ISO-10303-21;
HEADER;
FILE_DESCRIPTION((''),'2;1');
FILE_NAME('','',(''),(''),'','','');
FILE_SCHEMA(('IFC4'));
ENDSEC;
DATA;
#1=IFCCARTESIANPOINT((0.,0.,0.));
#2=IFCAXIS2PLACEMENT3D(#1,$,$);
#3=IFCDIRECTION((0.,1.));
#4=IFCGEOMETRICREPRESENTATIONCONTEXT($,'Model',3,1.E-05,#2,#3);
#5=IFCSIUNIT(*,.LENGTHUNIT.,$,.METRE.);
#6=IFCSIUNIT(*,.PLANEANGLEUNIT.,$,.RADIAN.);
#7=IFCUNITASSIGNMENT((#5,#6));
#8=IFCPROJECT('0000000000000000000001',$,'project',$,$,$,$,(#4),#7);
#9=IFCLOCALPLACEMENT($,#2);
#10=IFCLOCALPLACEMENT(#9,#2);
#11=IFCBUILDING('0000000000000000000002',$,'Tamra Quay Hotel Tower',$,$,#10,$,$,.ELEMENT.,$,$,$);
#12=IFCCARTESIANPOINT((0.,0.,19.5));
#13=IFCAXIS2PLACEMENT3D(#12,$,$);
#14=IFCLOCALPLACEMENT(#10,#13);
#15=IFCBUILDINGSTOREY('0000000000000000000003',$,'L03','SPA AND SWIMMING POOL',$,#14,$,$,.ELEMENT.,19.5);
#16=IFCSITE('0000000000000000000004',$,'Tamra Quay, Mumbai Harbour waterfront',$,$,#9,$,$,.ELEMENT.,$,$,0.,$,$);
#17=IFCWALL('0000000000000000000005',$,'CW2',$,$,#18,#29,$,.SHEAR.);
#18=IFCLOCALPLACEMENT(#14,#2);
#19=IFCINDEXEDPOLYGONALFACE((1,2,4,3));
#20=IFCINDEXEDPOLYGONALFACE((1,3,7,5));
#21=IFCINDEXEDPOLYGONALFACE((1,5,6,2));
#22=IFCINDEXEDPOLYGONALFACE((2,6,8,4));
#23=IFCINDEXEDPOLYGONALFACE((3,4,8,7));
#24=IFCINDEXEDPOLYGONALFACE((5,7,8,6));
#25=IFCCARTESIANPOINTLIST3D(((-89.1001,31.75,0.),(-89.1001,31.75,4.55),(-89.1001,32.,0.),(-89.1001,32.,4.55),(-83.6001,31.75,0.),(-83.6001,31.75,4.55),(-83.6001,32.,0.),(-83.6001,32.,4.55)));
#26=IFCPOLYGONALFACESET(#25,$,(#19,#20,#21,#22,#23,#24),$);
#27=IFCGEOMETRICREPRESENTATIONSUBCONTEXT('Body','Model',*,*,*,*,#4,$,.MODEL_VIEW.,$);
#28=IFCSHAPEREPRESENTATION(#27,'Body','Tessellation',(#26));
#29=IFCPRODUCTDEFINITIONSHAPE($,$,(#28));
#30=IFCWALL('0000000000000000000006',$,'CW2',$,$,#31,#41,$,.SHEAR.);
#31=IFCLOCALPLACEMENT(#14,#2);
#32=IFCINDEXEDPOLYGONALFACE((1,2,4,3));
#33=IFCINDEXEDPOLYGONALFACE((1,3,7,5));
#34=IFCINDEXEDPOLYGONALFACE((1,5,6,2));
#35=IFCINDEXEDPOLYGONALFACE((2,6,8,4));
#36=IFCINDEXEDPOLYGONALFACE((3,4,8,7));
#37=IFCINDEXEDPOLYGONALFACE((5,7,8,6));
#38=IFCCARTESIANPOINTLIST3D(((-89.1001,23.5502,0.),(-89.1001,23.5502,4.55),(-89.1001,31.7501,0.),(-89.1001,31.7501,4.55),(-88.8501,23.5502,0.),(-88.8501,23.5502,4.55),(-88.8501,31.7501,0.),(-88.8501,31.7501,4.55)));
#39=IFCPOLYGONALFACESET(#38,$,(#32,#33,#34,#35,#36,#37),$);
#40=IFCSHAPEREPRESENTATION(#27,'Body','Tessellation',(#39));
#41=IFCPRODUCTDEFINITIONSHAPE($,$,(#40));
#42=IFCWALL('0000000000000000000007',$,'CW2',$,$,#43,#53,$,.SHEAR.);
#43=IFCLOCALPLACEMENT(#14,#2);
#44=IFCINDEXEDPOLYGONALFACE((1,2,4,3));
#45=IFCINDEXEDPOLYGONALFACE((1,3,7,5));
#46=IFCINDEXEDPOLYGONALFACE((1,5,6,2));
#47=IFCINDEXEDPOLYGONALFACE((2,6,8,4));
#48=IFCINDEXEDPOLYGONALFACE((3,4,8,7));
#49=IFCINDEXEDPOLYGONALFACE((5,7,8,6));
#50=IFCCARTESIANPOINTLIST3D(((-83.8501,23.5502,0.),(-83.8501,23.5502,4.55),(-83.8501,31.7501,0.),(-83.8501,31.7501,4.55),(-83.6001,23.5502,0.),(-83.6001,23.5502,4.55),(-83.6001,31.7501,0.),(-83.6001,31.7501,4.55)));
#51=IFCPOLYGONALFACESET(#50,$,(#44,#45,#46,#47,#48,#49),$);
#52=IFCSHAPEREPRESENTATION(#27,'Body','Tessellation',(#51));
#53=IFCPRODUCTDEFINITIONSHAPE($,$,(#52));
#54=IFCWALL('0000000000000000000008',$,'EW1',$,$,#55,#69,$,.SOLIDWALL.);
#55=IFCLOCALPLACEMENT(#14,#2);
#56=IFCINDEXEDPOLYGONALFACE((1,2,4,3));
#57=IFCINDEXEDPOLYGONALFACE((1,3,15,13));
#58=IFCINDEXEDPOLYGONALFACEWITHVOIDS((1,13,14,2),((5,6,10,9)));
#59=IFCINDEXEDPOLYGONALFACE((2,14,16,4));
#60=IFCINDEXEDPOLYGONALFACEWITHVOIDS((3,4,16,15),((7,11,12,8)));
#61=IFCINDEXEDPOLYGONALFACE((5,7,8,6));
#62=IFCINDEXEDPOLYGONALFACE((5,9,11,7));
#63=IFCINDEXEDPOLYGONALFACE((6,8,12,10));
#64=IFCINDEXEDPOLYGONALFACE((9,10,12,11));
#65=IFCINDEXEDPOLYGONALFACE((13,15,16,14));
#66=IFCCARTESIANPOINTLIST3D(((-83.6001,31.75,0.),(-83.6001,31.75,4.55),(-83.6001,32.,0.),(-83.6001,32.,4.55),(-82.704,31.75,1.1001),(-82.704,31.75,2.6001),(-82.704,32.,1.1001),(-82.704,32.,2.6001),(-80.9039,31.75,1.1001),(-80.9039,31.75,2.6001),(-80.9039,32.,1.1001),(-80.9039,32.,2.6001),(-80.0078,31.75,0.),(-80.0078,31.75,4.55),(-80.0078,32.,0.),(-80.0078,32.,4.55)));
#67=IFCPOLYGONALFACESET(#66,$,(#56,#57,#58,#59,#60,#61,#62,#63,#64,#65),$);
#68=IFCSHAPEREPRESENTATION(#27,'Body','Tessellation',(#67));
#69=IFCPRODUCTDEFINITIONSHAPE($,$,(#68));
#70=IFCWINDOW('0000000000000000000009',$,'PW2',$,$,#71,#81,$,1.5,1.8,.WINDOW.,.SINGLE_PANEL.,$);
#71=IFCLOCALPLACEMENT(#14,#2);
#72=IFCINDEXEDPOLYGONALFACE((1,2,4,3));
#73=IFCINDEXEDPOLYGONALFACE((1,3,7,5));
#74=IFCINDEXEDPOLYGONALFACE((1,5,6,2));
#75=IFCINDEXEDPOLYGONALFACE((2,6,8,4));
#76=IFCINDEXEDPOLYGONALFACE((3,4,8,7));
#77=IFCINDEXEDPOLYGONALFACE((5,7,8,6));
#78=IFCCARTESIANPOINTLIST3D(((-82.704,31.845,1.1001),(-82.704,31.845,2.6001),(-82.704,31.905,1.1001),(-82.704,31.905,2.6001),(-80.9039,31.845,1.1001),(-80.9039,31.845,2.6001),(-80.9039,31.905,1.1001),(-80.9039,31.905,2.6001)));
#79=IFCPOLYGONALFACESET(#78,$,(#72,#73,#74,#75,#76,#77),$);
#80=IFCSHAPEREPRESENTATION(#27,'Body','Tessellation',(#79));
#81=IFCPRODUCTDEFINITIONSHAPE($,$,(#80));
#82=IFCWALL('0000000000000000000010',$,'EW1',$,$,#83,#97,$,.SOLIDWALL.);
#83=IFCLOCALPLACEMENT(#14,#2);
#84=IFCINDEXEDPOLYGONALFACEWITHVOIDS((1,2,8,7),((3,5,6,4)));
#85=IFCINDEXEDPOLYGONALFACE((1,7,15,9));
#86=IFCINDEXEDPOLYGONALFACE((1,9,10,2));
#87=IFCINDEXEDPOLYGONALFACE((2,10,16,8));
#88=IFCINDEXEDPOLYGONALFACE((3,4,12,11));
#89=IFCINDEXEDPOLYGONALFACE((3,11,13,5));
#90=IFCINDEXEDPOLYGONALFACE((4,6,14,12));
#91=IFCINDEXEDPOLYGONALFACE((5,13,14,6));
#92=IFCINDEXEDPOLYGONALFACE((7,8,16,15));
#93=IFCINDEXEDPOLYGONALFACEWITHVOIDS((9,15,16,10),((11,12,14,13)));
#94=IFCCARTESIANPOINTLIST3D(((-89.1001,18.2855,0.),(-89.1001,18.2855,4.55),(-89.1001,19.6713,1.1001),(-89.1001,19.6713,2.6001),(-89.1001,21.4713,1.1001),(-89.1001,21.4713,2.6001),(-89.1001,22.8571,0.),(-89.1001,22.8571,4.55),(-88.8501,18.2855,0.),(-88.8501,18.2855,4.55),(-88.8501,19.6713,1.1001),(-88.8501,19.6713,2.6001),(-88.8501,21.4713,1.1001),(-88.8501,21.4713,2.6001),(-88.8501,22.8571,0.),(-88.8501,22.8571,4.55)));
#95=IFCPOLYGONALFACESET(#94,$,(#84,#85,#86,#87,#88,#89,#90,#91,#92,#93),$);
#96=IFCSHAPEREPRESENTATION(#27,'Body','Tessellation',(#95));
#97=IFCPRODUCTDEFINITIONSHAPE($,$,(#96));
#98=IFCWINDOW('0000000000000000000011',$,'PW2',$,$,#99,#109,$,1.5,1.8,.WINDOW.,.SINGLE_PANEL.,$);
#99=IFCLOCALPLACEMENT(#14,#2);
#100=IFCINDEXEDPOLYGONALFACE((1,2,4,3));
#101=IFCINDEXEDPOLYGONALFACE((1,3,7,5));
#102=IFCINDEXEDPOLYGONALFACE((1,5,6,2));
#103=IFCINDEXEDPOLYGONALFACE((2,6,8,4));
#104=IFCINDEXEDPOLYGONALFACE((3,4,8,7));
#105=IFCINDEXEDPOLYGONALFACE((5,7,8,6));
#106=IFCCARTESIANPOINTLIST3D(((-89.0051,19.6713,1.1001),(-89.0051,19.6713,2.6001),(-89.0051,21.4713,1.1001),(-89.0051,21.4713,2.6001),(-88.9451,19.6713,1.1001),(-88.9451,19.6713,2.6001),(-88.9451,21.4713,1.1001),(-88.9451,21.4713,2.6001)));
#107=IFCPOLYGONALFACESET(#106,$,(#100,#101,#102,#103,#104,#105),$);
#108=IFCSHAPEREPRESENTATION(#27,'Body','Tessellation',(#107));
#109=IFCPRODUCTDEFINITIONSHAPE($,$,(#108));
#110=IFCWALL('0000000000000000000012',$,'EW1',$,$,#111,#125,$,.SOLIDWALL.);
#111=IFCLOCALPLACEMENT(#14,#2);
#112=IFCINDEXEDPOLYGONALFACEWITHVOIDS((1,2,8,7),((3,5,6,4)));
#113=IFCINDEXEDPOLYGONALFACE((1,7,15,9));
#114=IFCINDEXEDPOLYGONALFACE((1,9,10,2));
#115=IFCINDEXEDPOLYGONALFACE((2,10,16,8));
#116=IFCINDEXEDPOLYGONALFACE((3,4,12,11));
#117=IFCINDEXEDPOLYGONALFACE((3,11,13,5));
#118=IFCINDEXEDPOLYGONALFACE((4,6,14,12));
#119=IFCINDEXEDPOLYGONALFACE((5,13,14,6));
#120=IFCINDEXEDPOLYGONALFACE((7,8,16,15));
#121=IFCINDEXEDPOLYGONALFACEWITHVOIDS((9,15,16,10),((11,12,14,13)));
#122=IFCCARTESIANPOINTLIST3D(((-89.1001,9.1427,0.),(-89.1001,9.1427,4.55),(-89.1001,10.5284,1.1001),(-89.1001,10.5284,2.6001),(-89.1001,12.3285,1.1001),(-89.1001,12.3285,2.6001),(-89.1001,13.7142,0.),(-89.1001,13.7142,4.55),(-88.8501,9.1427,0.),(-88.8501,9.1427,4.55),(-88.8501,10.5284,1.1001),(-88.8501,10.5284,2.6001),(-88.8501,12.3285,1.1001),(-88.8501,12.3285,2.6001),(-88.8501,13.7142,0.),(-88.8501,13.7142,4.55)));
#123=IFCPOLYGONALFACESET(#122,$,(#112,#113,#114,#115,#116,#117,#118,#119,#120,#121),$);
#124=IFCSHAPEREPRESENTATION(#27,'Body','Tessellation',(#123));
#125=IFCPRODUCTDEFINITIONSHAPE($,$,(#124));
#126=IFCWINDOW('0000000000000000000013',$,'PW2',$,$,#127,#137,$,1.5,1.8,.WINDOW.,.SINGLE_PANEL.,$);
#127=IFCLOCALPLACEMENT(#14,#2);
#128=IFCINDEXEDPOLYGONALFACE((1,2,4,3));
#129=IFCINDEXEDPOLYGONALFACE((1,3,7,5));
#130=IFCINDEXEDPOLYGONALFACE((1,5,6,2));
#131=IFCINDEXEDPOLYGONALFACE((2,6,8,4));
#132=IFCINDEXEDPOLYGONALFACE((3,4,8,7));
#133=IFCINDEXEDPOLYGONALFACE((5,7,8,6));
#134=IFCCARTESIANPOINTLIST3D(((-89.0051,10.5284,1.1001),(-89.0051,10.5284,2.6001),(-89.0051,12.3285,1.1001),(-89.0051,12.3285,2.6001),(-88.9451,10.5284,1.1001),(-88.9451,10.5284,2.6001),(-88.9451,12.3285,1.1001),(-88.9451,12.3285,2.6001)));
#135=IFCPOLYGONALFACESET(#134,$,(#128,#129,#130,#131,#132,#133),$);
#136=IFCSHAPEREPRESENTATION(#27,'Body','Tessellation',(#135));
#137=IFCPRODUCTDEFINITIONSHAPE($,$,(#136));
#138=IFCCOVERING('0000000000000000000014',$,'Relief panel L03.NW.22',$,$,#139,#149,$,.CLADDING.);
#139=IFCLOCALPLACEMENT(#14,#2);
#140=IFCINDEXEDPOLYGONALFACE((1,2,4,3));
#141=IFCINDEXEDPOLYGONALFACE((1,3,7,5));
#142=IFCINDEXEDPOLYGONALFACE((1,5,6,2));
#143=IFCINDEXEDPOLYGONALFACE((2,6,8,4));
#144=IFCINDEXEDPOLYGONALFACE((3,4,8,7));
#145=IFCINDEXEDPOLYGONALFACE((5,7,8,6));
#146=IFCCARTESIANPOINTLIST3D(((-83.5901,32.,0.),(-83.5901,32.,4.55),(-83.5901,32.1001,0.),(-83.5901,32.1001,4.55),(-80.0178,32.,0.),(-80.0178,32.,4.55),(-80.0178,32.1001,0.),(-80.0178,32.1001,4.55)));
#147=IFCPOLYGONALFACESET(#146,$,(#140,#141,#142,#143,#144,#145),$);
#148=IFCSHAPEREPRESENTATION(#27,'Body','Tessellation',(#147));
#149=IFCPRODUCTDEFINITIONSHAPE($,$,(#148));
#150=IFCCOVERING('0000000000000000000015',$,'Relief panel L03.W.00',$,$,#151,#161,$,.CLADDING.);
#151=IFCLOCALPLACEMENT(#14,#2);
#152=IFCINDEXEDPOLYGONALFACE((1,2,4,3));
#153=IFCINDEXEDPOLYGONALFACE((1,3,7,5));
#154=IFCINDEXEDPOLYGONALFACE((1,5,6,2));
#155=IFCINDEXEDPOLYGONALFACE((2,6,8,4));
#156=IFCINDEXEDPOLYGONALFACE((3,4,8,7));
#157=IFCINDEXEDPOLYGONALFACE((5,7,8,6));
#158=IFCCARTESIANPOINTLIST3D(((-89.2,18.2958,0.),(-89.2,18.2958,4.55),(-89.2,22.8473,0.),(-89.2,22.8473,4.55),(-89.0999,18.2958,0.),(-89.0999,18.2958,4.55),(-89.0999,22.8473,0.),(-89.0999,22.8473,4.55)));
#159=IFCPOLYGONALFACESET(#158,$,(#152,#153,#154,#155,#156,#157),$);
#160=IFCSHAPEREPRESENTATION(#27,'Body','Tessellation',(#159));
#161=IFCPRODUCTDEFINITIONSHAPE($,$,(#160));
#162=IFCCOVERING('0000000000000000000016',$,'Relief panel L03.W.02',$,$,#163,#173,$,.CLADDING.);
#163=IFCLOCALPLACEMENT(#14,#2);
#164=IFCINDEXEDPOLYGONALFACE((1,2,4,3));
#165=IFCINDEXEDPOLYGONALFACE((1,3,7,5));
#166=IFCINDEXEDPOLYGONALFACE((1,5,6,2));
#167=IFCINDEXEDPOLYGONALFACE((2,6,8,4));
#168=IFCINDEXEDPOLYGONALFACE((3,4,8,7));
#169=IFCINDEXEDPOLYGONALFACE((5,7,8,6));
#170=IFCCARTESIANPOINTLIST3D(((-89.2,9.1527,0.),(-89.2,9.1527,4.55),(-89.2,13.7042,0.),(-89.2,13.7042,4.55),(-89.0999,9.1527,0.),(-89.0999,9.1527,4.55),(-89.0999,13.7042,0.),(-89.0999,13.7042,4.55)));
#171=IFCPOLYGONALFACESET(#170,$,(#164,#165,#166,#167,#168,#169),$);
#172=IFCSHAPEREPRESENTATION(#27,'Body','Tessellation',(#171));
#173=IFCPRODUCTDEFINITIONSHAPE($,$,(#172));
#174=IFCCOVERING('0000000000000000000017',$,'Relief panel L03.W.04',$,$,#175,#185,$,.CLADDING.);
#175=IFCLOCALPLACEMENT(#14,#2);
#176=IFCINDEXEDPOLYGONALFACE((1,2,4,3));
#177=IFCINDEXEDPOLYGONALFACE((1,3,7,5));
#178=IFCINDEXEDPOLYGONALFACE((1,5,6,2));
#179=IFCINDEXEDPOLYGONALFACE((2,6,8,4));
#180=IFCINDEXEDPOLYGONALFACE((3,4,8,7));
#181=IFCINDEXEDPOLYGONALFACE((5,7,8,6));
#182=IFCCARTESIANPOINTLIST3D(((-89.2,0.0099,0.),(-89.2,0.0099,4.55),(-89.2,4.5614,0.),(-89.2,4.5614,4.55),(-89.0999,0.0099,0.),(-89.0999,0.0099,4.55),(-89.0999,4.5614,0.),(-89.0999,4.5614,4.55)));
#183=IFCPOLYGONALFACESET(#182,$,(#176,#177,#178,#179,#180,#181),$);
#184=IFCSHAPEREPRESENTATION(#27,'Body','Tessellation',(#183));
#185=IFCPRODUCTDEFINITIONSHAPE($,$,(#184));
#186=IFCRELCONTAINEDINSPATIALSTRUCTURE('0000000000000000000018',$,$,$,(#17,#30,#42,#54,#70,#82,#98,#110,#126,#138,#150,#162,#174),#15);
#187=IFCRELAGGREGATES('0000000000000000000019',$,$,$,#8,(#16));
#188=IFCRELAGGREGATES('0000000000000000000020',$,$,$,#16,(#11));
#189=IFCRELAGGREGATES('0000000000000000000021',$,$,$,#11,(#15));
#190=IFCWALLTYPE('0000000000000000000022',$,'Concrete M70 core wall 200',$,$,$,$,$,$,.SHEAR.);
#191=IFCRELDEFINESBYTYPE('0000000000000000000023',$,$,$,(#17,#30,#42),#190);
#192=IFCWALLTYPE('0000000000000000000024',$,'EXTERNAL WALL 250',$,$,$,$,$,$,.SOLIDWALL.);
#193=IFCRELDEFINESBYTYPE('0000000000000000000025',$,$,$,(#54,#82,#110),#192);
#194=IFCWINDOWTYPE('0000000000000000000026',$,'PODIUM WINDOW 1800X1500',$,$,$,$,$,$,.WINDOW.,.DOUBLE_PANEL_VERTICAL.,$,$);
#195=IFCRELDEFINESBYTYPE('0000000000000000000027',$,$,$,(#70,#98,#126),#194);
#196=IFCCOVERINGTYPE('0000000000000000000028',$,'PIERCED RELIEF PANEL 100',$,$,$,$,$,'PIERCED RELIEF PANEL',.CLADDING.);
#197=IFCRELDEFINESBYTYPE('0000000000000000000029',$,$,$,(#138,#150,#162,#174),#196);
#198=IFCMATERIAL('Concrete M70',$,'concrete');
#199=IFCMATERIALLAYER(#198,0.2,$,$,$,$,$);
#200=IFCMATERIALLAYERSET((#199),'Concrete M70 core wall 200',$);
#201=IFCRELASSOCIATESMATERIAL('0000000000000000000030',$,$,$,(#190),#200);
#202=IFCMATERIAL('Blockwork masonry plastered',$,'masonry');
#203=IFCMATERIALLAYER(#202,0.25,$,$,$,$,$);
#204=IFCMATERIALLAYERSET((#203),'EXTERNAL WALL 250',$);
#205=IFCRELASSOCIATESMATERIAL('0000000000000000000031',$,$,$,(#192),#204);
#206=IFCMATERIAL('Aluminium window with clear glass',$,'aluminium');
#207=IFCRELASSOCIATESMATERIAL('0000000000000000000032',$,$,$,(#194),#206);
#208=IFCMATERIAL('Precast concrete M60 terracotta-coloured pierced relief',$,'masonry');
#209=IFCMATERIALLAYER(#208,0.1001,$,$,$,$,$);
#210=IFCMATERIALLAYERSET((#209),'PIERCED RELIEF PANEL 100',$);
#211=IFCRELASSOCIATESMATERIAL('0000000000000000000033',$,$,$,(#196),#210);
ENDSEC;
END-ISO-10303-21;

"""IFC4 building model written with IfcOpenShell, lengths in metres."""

from ifc_helpers import new_model, si_unit, direction, frame, frame_2d, origin, origin_2d, place, context, subcontext, project, spatial, rectangle, extrude, material, layer, layer_set, type_object, element, fill, save


model = new_model("IFC4")

# Units and contexts
model_context = context("Model", 3, precision=1e-05, world=origin(), true_north=direction((0.0, 1.0)))
body_context = subcontext(model_context, "Body", "Model", "MODEL_VIEW")
ifc_project = project(units=[si_unit("LENGTHUNIT", "METRE"), si_unit("PLANEANGLEUNIT", "RADIAN")], contexts=[model_context])

# Site, building, storey
site_placement = place(None, origin())
site = spatial("IfcSite", under=ifc_project, at=site_placement, Name="Tamra Quay, Mumbai Harbour waterfront", CompositionType="ELEMENT", RefElevation=0.0)
building_placement = place(site_placement, origin())
building = spatial("IfcBuilding", under=site, at=building_placement, Name="Tamra Quay Hotel Tower", CompositionType="ELEMENT")
storey_placement = place(building_placement, frame((0.0, 0.0, 19.5)))
storey = spatial("IfcBuildingStorey", under=building, at=storey_placement, Name="L03", Description="SPA AND SWIMMING POOL", CompositionType="ELEMENT", Elevation=19.5)

# Shared definitions
ifc_material_1 = material(Name="Concrete M70", Category="concrete")
ifc_layer_1 = layer(ifc_material_1, 0.2)
ifc_layer_set_1 = layer_set([ifc_layer_1], Name="Concrete M70 core wall 200")
wall_type_1 = type_object("IfcWallType", Name="Concrete M70 core wall 200", PredefinedType="SHEAR", material=ifc_layer_set_1)

# Walls
wall_1_placement = place(storey_placement, frame((-89.1001, 31.875, 0.0), z_axis=(0.0, 0.0, 1.0), x_axis=(1.0, 0.0, 0.0)))
element("IfcWall", 1, at=wall_1_placement, inside=storey, type_object=wall_type_1, Name="CW2", PredefinedType="SHEAR", context=body_context, shape_type="SweptSolid", body=[
    extrude(rectangle(XDim=5.5, YDim=0.25, at=frame_2d((2.75, 0.0))), origin(), (0.0, 0.0, 1.0), 4.55),
])
for number, where, z_axis, x_axis, name in (
    (2, (-88.9751, 23.55, 0.0), (0.0, 0.0, 1.0), (0.0, 1.0, 0.0), "CW2"),
    (3, (-83.7251, 23.55, 0.0), (0.0, 0.0, 1.0), (0.0, 1.0, 0.0), "CW2"),
):
    element("IfcWall", number, at=place(storey_placement, frame(where, z_axis=z_axis, x_axis=x_axis)), inside=storey, type_object=wall_type_1, Name=name, PredefinedType="SHEAR", context=body_context, shape_type="SweptSolid", body=[
        extrude(rectangle(XDim=8.2, YDim=0.25, at=frame_2d((4.1001, 0.0))), origin(), (0.0, 0.0, 1.0), 4.55),
    ])

# Walls, openings, windows
ifc_material_2 = material(Name="Blockwork masonry plastered", Category="masonry")
ifc_layer_2 = layer(ifc_material_2, 0.25)
ifc_layer_set_2 = layer_set([ifc_layer_2], Name="EXTERNAL WALL 250")
wall_type_2 = type_object("IfcWallType", Name="EXTERNAL WALL 250", PredefinedType="SOLIDWALL", material=ifc_layer_set_2)
wall_2_placement = place(storey_placement, frame((-83.6001, 31.875, 0.0), z_axis=(0.0, 0.0, 1.0), x_axis=(1.0, 0.0, 0.0)))
wall_2 = element("IfcWall", 4, at=wall_2_placement, inside=storey, type_object=wall_type_2, Name="EW1", PredefinedType="SOLIDWALL", context=body_context, shape_type="SweptSolid", body=[
    extrude(rectangle(XDim=3.5923, YDim=0.25, at=frame_2d((1.7961, 0.0))), origin(), (0.0, 0.0, 1.0), 4.55),
])
opening_1_placement = place(wall_2_placement, frame((0.8962, 0.0, 1.1001)))
opening_1 = element("IfcOpeningElement", 5, at=opening_1_placement, cuts=wall_2, PredefinedType="OPENING", context=body_context, shape_type="SweptSolid", body=[
    extrude(rectangle(XDim=1.8, YDim=1.5, at=frame_2d((0.8999, 0.75))), frame((0.0, 0.135, 0.0), z_axis=(0.0, -1.0, 0.0), x_axis=(1.0, 0.0, 0.0)), (0.0, 0.0, 1.0), 0.27),
])
ifc_material_3 = material(Name="Aluminium window with clear glass", Category="aluminium")
window_type = type_object("IfcWindowType", Name="PODIUM WINDOW 1800X1500", PartitioningType="DOUBLE_PANEL_VERTICAL", PredefinedType="WINDOW", material=ifc_material_3)
window_1_placement = place(opening_1_placement, origin())
window_1 = element("IfcWindow", 6, at=window_1_placement, inside=storey, type_object=window_type, Name="PW2", OverallHeight=1.5, OverallWidth=1.8, PartitioningType="SINGLE_PANEL", PredefinedType="WINDOW", context=body_context, shape_type="SweptSolid", body=[
    extrude(rectangle(XDim=1.8, YDim=1.5, at=frame_2d((0.8999, 0.75))), frame((0.0, 0.03, 0.0), z_axis=(0.0, -1.0, 0.0), x_axis=(1.0, 0.0, 0.0)), (0.0, 0.0, 1.0), 0.0601),
])
fill(opening_1, window_1)
wall_3_placement = place(storey_placement, frame((-88.9751, 18.2856, 0.0), z_axis=(0.0, 0.0, 1.0), x_axis=(0.0, 1.0, 0.0)))
wall_3 = element("IfcWall", 7, at=wall_3_placement, inside=storey, type_object=wall_type_2, Name="EW1", PredefinedType="SOLIDWALL", context=body_context, shape_type="SweptSolid", body=[
    extrude(rectangle(XDim=4.5715, YDim=0.25, at=frame_2d((2.2856, 0.0))), origin(), (0.0, 0.0, 1.0), 4.55),
])
opening_2_placement = place(wall_3_placement, frame((1.3857, 0.0, 1.1001)))
opening_2 = element("IfcOpeningElement", 8, at=opening_2_placement, cuts=wall_3, PredefinedType="OPENING", context=body_context, shape_type="SweptSolid", body=[
    extrude(rectangle(XDim=1.8, YDim=1.5, at=frame_2d((0.8999, 0.75))), frame((0.0, 0.135, 0.0), z_axis=(0.0, -1.0, 0.0), x_axis=(1.0, 0.0, 0.0)), (0.0, 0.0, 1.0), 0.27),
])
window_2_placement = place(opening_2_placement, origin())
window_2 = element("IfcWindow", 9, at=window_2_placement, inside=storey, type_object=window_type, Name="PW2", OverallHeight=1.5, OverallWidth=1.8, PartitioningType="SINGLE_PANEL", PredefinedType="WINDOW", context=body_context, shape_type="SweptSolid", body=[
    extrude(rectangle(XDim=1.8, YDim=1.5, at=frame_2d((0.8999, 0.75))), frame((0.0, 0.03, 0.0), z_axis=(0.0, -1.0, 0.0), x_axis=(1.0, 0.0, 0.0)), (0.0, 0.0, 1.0), 0.0601),
])
fill(opening_2, window_2)
wall_4_placement = place(storey_placement, frame((-88.9751, 9.1428, 0.0), z_axis=(0.0, 0.0, 1.0), x_axis=(0.0, 1.0, 0.0)))
wall_4 = element("IfcWall", 10, at=wall_4_placement, inside=storey, type_object=wall_type_2, Name="EW1", PredefinedType="SOLIDWALL", context=body_context, shape_type="SweptSolid", body=[
    extrude(rectangle(XDim=4.5715, YDim=0.25, at=frame_2d((2.2856, 0.0))), origin(), (0.0, 0.0, 1.0), 4.55),
])
opening_3_placement = place(wall_4_placement, frame((1.3857, 0.0, 1.1001)))
opening_3 = element("IfcOpeningElement", 11, at=opening_3_placement, cuts=wall_4, PredefinedType="OPENING", context=body_context, shape_type="SweptSolid", body=[
    extrude(rectangle(XDim=1.8, YDim=1.5, at=frame_2d((0.8999, 0.75))), frame((0.0, 0.135, 0.0), z_axis=(0.0, -1.0, 0.0), x_axis=(1.0, 0.0, 0.0)), (0.0, 0.0, 1.0), 0.27),
])
window_3_placement = place(opening_3_placement, origin())
window_3 = element("IfcWindow", 12, at=window_3_placement, inside=storey, type_object=window_type, Name="PW2", OverallHeight=1.5, OverallWidth=1.8, PartitioningType="SINGLE_PANEL", PredefinedType="WINDOW", context=body_context, shape_type="SweptSolid", body=[
    extrude(rectangle(XDim=1.8, YDim=1.5, at=frame_2d((0.8999, 0.75))), frame((0.0, 0.03, 0.0), z_axis=(0.0, -1.0, 0.0), x_axis=(1.0, 0.0, 0.0)), (0.0, 0.0, 1.0), 0.0601),
])
fill(opening_3, window_3)

# Coverings
ifc_material_4 = material(Name="Precast concrete M60 terracotta-coloured pierced relief", Category="masonry")
ifc_layer_3 = layer(ifc_material_4, 0.1001)
ifc_layer_set_3 = layer_set([ifc_layer_3], Name="PIERCED RELIEF PANEL 100")
covering_type_1 = type_object("IfcCoveringType", Name="PIERCED RELIEF PANEL 100", ElementType="PIERCED RELIEF PANEL", PredefinedType="CLADDING", material=ifc_layer_set_3)
covering_1_placement = place(storey_placement, frame((-81.804, 32.05, 0.0), z_axis=(0.0, 0.0, 1.0), x_axis=(-1.0, 0.0, 0.0)))
element("IfcCovering", 13, at=covering_1_placement, inside=storey, type_object=covering_type_1, Name="Relief panel L03.NW.22", PredefinedType="CLADDING", context=body_context, shape_type="SweptSolid", body=[
    extrude(rectangle(XDim=3.5723, YDim=0.1001, at=origin_2d()), origin(), (0.0, 0.0, 1.0), 4.55),
])
for number, where, z_axis, x_axis, name in (
    (14, (-89.1499, 20.5715, 0.0), (0.0, 0.0, 1.0), (0.0, -1.0, 0.0), "Relief panel L03.W.00"),
    (15, (-89.1499, 11.4285, 0.0), (0.0, 0.0, 1.0), (0.0, -1.0, 0.0), "Relief panel L03.W.02"),
    (16, (-89.1499, 2.2856, 0.0), (0.0, 0.0, 1.0), (0.0, -1.0, 0.0), "Relief panel L03.W.04"),
):
    element("IfcCovering", number, at=place(storey_placement, frame(where, z_axis=z_axis, x_axis=x_axis)), inside=storey, type_object=covering_type_1, Name=name, PredefinedType="CLADDING", context=body_context, shape_type="SweptSolid", body=[
        extrude(rectangle(XDim=4.5515, YDim=0.1001, at=origin_2d()), origin(), (0.0, 0.0, 1.0), 4.55),
    ])

save(model, "model.ifc")
